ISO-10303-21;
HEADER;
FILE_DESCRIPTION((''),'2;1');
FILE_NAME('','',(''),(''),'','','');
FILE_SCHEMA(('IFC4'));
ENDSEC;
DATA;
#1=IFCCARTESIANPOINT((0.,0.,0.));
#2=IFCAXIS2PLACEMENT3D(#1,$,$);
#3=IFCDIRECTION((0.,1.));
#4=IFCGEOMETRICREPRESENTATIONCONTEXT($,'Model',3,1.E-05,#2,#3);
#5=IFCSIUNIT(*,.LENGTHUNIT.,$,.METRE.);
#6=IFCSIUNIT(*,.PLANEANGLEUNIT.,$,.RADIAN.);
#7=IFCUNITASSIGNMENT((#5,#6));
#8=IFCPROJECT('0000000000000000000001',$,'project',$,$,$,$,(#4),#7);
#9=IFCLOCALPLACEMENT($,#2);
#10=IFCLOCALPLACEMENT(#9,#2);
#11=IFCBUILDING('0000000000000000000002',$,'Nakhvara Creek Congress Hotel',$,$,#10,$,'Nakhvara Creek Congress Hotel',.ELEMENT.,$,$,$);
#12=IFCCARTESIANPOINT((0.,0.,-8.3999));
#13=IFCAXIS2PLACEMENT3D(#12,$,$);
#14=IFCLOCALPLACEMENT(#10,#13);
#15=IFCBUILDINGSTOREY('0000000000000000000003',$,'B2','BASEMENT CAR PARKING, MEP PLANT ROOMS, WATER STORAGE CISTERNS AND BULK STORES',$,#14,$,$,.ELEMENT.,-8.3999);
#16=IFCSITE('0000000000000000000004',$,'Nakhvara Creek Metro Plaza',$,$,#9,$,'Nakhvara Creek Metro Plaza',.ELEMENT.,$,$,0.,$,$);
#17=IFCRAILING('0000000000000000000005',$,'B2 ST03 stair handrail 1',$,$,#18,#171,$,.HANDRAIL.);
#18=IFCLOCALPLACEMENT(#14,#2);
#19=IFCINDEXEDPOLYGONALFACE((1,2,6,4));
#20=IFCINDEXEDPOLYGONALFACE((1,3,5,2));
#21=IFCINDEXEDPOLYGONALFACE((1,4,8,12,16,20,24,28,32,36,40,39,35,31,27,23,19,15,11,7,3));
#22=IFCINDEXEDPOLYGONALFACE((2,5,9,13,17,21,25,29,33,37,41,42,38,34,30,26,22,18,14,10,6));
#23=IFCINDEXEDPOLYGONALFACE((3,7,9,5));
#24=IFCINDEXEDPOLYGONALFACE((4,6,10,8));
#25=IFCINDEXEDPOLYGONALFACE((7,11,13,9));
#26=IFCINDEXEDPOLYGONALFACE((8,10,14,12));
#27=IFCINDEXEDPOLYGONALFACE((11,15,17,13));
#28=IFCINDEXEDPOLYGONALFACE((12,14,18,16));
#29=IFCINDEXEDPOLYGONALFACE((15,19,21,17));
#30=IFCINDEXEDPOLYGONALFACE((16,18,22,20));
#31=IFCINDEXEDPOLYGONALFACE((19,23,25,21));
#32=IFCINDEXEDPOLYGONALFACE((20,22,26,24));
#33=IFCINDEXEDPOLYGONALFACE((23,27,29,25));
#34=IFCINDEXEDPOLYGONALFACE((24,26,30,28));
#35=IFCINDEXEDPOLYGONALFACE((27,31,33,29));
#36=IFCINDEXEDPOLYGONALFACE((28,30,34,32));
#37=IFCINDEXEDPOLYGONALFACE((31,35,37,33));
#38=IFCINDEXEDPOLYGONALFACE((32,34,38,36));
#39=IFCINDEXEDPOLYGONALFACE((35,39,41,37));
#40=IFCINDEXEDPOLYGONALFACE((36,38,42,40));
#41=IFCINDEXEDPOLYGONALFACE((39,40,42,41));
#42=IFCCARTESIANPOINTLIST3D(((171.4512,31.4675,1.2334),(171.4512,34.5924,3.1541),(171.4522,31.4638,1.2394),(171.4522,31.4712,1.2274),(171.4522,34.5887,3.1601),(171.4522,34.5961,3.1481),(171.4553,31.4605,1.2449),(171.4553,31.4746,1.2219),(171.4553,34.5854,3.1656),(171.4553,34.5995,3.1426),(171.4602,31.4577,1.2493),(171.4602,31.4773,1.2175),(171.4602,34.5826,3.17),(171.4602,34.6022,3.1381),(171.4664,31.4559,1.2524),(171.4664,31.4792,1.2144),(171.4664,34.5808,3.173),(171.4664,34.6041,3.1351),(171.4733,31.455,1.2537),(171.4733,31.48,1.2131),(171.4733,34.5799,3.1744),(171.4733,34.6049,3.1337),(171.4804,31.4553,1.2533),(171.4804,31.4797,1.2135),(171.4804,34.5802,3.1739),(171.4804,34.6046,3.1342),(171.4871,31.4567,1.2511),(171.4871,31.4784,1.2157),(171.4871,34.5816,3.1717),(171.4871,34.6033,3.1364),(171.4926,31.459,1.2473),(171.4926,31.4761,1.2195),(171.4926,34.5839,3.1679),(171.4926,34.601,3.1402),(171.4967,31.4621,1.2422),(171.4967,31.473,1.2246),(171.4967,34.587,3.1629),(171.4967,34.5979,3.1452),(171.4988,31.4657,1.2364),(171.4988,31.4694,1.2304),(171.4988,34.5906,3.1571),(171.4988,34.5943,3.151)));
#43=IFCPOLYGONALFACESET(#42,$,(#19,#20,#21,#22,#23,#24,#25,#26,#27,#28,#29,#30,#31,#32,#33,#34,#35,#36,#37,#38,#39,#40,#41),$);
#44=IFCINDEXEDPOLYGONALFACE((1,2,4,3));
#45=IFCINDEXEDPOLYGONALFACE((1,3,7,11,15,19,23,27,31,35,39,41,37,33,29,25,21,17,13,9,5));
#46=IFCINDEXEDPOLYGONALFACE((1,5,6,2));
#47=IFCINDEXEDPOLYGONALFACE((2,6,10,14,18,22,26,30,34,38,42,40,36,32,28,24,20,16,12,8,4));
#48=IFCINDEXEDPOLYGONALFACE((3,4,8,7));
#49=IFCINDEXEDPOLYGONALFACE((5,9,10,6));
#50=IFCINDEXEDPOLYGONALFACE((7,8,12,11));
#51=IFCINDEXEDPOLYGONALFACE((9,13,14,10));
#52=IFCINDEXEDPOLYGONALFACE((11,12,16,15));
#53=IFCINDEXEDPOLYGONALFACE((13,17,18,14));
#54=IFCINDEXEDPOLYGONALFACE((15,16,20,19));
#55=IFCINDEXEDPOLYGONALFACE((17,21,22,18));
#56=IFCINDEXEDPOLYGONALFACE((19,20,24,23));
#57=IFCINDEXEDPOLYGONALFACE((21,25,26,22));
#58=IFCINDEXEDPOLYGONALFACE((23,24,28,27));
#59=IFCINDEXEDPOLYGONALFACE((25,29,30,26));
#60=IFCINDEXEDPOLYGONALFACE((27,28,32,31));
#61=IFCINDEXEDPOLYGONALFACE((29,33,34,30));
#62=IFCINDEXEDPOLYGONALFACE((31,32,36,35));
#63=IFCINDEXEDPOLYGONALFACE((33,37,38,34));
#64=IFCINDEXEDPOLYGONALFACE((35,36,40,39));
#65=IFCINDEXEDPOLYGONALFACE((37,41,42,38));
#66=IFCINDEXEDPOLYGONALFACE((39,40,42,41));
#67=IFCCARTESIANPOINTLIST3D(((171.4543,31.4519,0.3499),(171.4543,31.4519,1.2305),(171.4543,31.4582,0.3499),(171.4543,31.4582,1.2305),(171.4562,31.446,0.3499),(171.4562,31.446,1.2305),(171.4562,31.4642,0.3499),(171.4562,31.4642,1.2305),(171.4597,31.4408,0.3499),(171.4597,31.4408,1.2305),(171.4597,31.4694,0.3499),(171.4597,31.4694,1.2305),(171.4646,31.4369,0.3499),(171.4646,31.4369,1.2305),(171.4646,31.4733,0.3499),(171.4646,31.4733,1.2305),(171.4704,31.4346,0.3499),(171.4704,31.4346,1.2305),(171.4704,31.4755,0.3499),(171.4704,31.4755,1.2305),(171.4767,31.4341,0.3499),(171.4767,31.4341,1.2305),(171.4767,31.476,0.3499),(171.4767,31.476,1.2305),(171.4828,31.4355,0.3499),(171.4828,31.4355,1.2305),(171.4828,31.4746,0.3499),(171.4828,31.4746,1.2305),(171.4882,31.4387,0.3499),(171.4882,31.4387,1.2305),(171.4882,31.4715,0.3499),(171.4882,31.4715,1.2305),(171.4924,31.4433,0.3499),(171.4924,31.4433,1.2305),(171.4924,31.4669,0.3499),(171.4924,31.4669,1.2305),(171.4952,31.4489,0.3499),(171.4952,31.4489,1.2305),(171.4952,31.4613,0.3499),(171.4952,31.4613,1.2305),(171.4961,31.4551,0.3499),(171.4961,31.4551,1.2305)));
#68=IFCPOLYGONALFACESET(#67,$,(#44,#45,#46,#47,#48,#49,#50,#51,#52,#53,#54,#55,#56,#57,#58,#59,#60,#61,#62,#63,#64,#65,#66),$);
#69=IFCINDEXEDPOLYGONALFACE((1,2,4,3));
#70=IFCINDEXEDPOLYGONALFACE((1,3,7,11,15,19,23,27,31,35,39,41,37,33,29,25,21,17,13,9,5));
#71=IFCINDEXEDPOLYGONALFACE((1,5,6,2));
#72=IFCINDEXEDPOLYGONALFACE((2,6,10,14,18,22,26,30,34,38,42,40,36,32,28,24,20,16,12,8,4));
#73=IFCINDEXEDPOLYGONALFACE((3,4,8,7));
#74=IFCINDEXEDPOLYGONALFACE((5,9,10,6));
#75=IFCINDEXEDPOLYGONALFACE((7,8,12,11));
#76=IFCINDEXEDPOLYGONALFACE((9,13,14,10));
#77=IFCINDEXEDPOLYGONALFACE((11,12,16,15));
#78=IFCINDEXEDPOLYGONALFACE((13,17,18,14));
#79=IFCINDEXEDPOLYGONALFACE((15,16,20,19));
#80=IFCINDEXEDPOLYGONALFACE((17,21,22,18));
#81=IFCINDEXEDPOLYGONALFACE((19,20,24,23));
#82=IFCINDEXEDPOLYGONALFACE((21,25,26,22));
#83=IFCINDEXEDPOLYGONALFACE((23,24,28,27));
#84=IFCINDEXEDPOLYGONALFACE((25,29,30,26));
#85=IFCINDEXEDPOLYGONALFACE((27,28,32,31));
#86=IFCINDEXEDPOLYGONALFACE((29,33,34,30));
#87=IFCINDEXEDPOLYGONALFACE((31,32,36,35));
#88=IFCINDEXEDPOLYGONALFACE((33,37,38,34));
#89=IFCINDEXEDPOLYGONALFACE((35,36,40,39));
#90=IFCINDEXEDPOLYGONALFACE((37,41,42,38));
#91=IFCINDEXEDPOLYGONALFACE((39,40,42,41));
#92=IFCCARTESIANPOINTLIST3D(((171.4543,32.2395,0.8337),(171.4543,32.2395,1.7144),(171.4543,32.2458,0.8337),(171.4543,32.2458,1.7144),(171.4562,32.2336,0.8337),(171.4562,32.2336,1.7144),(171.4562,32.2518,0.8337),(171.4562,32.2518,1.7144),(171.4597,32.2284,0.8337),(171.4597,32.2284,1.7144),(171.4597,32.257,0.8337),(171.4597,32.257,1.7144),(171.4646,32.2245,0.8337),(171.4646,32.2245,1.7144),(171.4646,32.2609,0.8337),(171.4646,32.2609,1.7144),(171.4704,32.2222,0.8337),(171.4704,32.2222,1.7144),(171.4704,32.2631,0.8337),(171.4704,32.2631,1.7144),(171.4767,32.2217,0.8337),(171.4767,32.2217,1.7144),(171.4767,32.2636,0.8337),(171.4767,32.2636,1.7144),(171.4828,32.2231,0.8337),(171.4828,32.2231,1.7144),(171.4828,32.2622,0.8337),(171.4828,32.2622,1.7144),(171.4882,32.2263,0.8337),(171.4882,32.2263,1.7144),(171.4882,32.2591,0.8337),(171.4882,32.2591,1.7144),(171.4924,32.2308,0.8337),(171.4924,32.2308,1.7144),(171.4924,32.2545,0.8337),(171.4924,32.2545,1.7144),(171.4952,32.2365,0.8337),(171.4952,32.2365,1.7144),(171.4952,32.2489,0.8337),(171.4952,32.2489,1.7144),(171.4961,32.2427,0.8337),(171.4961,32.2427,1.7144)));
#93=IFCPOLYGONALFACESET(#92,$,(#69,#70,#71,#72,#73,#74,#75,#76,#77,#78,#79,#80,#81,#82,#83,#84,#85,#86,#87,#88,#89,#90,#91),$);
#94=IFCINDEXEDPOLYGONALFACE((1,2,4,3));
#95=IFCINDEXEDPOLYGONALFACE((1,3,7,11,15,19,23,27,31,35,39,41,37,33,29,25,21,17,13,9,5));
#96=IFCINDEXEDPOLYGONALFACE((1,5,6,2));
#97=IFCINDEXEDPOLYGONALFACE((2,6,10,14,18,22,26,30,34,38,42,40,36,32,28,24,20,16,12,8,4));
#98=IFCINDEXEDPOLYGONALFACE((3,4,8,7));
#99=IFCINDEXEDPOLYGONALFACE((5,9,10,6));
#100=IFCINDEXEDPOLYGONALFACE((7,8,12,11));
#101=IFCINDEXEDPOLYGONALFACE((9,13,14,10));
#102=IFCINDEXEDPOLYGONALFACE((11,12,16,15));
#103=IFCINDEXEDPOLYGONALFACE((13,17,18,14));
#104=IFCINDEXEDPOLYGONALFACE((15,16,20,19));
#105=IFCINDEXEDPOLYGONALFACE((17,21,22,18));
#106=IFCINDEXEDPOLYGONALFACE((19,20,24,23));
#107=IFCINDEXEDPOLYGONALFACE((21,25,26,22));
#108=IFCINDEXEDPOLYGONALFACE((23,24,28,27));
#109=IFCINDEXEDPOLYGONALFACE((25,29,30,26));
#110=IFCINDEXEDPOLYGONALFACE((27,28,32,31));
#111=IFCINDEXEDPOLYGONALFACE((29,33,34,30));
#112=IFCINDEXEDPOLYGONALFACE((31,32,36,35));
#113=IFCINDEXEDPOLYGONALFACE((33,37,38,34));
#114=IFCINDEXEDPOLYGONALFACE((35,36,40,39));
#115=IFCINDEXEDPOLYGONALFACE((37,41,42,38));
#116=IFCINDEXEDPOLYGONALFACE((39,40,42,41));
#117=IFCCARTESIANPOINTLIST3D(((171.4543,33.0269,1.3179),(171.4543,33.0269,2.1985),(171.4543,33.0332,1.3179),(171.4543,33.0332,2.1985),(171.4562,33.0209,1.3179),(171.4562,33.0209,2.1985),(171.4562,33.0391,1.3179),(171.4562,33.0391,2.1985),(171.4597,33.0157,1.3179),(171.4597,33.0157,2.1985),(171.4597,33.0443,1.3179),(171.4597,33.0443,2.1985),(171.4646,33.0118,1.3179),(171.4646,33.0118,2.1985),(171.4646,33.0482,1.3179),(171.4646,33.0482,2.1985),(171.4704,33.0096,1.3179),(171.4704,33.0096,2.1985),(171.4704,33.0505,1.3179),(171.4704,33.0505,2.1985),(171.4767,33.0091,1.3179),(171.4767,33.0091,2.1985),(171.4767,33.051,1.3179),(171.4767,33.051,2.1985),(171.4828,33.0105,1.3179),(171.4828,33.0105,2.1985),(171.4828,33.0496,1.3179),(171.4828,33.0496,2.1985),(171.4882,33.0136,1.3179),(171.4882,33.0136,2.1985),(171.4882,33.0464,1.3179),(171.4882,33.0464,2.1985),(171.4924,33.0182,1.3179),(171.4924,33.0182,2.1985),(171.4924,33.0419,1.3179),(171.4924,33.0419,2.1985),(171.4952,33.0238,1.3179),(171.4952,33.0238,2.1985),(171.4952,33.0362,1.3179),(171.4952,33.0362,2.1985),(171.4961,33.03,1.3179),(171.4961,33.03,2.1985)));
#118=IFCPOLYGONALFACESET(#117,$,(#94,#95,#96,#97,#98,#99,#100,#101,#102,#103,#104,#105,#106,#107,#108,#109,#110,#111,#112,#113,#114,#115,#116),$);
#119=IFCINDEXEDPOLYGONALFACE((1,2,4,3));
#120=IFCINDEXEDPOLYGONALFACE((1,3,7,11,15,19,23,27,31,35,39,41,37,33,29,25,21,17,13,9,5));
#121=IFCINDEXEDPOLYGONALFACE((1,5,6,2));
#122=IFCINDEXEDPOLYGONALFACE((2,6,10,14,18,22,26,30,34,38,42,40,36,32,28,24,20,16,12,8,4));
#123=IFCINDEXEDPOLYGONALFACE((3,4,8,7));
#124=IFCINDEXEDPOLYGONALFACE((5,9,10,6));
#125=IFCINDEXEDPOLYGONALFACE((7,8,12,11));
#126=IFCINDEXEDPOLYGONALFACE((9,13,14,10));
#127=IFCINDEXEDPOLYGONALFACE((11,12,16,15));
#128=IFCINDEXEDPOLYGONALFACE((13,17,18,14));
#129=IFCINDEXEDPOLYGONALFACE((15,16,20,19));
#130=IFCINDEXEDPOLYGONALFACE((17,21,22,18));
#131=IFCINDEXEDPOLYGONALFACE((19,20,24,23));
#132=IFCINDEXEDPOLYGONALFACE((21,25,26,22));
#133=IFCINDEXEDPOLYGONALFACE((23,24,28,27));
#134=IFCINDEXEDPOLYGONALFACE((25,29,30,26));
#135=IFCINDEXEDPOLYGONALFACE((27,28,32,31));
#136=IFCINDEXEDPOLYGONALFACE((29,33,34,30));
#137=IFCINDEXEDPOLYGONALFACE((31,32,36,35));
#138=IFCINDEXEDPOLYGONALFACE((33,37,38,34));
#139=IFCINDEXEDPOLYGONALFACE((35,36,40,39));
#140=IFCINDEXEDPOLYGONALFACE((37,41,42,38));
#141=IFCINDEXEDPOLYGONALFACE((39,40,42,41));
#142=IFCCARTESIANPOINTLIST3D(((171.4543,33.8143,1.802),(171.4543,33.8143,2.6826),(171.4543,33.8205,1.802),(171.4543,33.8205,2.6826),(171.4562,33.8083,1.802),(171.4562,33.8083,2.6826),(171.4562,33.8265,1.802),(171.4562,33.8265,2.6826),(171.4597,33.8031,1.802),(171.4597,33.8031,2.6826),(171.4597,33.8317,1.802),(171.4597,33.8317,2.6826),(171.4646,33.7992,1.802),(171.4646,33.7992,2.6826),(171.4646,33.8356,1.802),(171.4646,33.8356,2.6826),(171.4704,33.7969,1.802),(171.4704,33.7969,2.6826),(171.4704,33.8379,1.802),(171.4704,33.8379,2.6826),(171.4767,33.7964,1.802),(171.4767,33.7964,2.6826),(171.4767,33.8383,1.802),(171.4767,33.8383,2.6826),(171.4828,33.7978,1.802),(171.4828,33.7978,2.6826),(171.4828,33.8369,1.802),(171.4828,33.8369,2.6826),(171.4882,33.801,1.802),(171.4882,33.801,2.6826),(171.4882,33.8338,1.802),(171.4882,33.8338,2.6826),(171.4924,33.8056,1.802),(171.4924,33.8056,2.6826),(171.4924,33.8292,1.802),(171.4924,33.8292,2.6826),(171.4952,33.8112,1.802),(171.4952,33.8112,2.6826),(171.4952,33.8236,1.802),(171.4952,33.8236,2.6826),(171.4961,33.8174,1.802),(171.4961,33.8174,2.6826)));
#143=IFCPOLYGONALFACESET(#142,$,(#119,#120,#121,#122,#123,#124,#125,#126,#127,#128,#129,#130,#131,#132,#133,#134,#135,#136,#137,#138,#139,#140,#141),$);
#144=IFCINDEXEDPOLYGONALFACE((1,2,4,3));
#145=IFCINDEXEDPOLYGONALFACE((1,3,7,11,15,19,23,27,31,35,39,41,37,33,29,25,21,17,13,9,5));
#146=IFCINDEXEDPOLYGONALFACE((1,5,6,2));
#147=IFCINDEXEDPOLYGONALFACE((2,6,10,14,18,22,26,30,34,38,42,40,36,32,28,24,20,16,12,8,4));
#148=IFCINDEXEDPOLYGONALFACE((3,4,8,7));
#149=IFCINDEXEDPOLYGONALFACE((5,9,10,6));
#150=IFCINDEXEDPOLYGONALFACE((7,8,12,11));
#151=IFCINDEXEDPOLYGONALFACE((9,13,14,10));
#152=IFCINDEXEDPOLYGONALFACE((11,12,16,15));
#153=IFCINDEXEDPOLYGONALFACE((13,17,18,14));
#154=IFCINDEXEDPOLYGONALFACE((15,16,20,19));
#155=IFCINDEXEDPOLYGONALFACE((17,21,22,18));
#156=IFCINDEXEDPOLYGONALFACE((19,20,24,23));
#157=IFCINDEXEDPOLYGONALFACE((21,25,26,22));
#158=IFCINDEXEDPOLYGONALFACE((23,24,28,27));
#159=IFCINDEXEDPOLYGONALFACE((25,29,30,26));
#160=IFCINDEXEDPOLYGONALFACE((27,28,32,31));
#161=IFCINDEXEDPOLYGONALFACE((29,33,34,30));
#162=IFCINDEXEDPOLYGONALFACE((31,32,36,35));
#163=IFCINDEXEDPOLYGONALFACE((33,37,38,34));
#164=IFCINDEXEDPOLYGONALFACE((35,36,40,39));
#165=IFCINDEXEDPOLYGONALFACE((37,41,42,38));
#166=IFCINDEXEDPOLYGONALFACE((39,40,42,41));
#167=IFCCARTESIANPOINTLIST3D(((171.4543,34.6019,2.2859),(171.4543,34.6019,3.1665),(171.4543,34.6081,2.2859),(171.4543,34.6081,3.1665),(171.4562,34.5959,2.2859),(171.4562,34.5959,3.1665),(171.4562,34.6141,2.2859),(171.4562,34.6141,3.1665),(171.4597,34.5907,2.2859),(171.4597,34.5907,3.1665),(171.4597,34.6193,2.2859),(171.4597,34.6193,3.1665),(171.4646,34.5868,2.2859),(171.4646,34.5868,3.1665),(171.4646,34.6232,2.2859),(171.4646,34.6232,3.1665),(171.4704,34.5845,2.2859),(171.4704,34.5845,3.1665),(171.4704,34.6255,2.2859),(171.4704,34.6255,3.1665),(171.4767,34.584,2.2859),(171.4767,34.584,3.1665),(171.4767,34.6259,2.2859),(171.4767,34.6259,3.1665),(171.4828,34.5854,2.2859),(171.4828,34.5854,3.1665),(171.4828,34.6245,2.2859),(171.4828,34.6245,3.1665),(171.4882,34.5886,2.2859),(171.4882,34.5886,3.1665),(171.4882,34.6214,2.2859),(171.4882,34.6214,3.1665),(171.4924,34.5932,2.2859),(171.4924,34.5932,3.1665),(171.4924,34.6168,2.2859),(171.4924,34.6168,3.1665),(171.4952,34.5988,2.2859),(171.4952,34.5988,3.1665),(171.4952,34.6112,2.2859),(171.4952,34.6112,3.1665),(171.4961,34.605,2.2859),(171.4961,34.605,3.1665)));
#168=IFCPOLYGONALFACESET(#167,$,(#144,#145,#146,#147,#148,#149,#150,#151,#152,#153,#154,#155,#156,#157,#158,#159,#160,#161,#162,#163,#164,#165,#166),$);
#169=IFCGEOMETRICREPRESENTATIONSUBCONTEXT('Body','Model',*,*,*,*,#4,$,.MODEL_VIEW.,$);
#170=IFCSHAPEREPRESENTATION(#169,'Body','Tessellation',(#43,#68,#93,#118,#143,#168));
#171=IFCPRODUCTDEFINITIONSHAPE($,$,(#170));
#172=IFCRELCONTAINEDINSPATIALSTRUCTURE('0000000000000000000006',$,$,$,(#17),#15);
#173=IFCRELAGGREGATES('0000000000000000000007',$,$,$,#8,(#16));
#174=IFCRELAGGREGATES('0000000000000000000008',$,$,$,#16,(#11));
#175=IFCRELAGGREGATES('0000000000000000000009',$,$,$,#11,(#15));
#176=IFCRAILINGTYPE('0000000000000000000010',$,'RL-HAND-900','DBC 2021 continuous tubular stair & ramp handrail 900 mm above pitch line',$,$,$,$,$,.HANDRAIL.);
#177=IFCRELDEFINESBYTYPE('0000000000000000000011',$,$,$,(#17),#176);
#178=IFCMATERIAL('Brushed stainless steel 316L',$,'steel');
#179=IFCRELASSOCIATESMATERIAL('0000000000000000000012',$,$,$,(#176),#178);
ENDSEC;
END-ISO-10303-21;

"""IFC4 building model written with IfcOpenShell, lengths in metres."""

from ifc_helpers import new_model, si_unit, direction, frame, origin, origin_2d, place, context, subcontext, project, spatial, circle, extrude, material, type_object, element, save


model = new_model("IFC4")

# Units and contexts
model_context = context("Model", 3, precision=1e-05, world=origin(), true_north=direction((0.0, 1.0)))
body_context = subcontext(model_context, "Body", "Model", "MODEL_VIEW")
ifc_project = project(units=[si_unit("LENGTHUNIT", "METRE"), si_unit("PLANEANGLEUNIT", "RADIAN")], contexts=[model_context])

# Site, building, storey
site_placement = place(None, origin())
site = spatial("IfcSite", under=ifc_project, at=site_placement, Name="Nakhvara Creek Metro Plaza", LongName="Nakhvara Creek Metro Plaza", CompositionType="ELEMENT", RefElevation=0.0)
building_placement = place(site_placement, origin())
building = spatial("IfcBuilding", under=site, at=building_placement, Name="Nakhvara Creek Congress Hotel", LongName="Nakhvara Creek Congress Hotel", CompositionType="ELEMENT")
storey_placement = place(building_placement, frame((0.0, 0.0, -8.3999)))
storey = spatial("IfcBuildingStorey", under=building, at=storey_placement, Name="B2", Description="BASEMENT CAR PARKING, MEP PLANT ROOMS, WATER STORAGE CISTERNS AND BULK STORES", CompositionType="ELEMENT", Elevation=-8.3999)

# Railing
ifc_material_1 = material(Name="Brushed stainless steel 316L", Category="steel")
railing_type_1 = type_object("IfcRailingType", Name="RL-HAND-900", Description="DBC 2021 continuous tubular stair & ramp handrail 900 mm above pitch line", PredefinedType="HANDRAIL", material=ifc_material_1)
railing_1_placement = place(storey_placement, frame((171.4751, 31.4551, 0.3499)))
element("IfcRailing", 1, at=railing_1_placement, inside=storey, type_object=railing_type_1, Name="B2 ST03 stair handrail 1", PredefinedType="HANDRAIL", context=body_context, shape_type="SweptSolid", body=[
    extrude(circle(Radius=0.0239, at=origin_2d()), frame((0.0, 0.0125, 0.8835), z_axis=(0.0, 0.851944, 0.523633), x_axis=(-1.0, 0.0, 0.0)), (0.0, 0.0, 1.0), 3.668),
    extrude(circle(Radius=0.021, at=origin_2d()), origin(), (0.0, 0.0, 1.0), 0.8806),
    extrude(circle(Radius=0.021, at=origin_2d()), frame((0.0, 0.7876, 0.4839)), (0.0, 0.0, 1.0), 0.8806),
    extrude(circle(Radius=0.021, at=origin_2d()), frame((0.0, 1.575, 0.968)), (0.0, 0.0, 1.0), 0.8806),
    extrude(circle(Radius=0.021, at=origin_2d()), frame((0.0, 2.3623, 1.4521)), (0.0, 0.0, 1.0), 0.8806),
    extrude(circle(Radius=0.021, at=origin_2d()), frame((0.0, 3.1499, 1.936)), (0.0, 0.0, 1.0), 0.8806),
])

save(model, "model.ifc")
